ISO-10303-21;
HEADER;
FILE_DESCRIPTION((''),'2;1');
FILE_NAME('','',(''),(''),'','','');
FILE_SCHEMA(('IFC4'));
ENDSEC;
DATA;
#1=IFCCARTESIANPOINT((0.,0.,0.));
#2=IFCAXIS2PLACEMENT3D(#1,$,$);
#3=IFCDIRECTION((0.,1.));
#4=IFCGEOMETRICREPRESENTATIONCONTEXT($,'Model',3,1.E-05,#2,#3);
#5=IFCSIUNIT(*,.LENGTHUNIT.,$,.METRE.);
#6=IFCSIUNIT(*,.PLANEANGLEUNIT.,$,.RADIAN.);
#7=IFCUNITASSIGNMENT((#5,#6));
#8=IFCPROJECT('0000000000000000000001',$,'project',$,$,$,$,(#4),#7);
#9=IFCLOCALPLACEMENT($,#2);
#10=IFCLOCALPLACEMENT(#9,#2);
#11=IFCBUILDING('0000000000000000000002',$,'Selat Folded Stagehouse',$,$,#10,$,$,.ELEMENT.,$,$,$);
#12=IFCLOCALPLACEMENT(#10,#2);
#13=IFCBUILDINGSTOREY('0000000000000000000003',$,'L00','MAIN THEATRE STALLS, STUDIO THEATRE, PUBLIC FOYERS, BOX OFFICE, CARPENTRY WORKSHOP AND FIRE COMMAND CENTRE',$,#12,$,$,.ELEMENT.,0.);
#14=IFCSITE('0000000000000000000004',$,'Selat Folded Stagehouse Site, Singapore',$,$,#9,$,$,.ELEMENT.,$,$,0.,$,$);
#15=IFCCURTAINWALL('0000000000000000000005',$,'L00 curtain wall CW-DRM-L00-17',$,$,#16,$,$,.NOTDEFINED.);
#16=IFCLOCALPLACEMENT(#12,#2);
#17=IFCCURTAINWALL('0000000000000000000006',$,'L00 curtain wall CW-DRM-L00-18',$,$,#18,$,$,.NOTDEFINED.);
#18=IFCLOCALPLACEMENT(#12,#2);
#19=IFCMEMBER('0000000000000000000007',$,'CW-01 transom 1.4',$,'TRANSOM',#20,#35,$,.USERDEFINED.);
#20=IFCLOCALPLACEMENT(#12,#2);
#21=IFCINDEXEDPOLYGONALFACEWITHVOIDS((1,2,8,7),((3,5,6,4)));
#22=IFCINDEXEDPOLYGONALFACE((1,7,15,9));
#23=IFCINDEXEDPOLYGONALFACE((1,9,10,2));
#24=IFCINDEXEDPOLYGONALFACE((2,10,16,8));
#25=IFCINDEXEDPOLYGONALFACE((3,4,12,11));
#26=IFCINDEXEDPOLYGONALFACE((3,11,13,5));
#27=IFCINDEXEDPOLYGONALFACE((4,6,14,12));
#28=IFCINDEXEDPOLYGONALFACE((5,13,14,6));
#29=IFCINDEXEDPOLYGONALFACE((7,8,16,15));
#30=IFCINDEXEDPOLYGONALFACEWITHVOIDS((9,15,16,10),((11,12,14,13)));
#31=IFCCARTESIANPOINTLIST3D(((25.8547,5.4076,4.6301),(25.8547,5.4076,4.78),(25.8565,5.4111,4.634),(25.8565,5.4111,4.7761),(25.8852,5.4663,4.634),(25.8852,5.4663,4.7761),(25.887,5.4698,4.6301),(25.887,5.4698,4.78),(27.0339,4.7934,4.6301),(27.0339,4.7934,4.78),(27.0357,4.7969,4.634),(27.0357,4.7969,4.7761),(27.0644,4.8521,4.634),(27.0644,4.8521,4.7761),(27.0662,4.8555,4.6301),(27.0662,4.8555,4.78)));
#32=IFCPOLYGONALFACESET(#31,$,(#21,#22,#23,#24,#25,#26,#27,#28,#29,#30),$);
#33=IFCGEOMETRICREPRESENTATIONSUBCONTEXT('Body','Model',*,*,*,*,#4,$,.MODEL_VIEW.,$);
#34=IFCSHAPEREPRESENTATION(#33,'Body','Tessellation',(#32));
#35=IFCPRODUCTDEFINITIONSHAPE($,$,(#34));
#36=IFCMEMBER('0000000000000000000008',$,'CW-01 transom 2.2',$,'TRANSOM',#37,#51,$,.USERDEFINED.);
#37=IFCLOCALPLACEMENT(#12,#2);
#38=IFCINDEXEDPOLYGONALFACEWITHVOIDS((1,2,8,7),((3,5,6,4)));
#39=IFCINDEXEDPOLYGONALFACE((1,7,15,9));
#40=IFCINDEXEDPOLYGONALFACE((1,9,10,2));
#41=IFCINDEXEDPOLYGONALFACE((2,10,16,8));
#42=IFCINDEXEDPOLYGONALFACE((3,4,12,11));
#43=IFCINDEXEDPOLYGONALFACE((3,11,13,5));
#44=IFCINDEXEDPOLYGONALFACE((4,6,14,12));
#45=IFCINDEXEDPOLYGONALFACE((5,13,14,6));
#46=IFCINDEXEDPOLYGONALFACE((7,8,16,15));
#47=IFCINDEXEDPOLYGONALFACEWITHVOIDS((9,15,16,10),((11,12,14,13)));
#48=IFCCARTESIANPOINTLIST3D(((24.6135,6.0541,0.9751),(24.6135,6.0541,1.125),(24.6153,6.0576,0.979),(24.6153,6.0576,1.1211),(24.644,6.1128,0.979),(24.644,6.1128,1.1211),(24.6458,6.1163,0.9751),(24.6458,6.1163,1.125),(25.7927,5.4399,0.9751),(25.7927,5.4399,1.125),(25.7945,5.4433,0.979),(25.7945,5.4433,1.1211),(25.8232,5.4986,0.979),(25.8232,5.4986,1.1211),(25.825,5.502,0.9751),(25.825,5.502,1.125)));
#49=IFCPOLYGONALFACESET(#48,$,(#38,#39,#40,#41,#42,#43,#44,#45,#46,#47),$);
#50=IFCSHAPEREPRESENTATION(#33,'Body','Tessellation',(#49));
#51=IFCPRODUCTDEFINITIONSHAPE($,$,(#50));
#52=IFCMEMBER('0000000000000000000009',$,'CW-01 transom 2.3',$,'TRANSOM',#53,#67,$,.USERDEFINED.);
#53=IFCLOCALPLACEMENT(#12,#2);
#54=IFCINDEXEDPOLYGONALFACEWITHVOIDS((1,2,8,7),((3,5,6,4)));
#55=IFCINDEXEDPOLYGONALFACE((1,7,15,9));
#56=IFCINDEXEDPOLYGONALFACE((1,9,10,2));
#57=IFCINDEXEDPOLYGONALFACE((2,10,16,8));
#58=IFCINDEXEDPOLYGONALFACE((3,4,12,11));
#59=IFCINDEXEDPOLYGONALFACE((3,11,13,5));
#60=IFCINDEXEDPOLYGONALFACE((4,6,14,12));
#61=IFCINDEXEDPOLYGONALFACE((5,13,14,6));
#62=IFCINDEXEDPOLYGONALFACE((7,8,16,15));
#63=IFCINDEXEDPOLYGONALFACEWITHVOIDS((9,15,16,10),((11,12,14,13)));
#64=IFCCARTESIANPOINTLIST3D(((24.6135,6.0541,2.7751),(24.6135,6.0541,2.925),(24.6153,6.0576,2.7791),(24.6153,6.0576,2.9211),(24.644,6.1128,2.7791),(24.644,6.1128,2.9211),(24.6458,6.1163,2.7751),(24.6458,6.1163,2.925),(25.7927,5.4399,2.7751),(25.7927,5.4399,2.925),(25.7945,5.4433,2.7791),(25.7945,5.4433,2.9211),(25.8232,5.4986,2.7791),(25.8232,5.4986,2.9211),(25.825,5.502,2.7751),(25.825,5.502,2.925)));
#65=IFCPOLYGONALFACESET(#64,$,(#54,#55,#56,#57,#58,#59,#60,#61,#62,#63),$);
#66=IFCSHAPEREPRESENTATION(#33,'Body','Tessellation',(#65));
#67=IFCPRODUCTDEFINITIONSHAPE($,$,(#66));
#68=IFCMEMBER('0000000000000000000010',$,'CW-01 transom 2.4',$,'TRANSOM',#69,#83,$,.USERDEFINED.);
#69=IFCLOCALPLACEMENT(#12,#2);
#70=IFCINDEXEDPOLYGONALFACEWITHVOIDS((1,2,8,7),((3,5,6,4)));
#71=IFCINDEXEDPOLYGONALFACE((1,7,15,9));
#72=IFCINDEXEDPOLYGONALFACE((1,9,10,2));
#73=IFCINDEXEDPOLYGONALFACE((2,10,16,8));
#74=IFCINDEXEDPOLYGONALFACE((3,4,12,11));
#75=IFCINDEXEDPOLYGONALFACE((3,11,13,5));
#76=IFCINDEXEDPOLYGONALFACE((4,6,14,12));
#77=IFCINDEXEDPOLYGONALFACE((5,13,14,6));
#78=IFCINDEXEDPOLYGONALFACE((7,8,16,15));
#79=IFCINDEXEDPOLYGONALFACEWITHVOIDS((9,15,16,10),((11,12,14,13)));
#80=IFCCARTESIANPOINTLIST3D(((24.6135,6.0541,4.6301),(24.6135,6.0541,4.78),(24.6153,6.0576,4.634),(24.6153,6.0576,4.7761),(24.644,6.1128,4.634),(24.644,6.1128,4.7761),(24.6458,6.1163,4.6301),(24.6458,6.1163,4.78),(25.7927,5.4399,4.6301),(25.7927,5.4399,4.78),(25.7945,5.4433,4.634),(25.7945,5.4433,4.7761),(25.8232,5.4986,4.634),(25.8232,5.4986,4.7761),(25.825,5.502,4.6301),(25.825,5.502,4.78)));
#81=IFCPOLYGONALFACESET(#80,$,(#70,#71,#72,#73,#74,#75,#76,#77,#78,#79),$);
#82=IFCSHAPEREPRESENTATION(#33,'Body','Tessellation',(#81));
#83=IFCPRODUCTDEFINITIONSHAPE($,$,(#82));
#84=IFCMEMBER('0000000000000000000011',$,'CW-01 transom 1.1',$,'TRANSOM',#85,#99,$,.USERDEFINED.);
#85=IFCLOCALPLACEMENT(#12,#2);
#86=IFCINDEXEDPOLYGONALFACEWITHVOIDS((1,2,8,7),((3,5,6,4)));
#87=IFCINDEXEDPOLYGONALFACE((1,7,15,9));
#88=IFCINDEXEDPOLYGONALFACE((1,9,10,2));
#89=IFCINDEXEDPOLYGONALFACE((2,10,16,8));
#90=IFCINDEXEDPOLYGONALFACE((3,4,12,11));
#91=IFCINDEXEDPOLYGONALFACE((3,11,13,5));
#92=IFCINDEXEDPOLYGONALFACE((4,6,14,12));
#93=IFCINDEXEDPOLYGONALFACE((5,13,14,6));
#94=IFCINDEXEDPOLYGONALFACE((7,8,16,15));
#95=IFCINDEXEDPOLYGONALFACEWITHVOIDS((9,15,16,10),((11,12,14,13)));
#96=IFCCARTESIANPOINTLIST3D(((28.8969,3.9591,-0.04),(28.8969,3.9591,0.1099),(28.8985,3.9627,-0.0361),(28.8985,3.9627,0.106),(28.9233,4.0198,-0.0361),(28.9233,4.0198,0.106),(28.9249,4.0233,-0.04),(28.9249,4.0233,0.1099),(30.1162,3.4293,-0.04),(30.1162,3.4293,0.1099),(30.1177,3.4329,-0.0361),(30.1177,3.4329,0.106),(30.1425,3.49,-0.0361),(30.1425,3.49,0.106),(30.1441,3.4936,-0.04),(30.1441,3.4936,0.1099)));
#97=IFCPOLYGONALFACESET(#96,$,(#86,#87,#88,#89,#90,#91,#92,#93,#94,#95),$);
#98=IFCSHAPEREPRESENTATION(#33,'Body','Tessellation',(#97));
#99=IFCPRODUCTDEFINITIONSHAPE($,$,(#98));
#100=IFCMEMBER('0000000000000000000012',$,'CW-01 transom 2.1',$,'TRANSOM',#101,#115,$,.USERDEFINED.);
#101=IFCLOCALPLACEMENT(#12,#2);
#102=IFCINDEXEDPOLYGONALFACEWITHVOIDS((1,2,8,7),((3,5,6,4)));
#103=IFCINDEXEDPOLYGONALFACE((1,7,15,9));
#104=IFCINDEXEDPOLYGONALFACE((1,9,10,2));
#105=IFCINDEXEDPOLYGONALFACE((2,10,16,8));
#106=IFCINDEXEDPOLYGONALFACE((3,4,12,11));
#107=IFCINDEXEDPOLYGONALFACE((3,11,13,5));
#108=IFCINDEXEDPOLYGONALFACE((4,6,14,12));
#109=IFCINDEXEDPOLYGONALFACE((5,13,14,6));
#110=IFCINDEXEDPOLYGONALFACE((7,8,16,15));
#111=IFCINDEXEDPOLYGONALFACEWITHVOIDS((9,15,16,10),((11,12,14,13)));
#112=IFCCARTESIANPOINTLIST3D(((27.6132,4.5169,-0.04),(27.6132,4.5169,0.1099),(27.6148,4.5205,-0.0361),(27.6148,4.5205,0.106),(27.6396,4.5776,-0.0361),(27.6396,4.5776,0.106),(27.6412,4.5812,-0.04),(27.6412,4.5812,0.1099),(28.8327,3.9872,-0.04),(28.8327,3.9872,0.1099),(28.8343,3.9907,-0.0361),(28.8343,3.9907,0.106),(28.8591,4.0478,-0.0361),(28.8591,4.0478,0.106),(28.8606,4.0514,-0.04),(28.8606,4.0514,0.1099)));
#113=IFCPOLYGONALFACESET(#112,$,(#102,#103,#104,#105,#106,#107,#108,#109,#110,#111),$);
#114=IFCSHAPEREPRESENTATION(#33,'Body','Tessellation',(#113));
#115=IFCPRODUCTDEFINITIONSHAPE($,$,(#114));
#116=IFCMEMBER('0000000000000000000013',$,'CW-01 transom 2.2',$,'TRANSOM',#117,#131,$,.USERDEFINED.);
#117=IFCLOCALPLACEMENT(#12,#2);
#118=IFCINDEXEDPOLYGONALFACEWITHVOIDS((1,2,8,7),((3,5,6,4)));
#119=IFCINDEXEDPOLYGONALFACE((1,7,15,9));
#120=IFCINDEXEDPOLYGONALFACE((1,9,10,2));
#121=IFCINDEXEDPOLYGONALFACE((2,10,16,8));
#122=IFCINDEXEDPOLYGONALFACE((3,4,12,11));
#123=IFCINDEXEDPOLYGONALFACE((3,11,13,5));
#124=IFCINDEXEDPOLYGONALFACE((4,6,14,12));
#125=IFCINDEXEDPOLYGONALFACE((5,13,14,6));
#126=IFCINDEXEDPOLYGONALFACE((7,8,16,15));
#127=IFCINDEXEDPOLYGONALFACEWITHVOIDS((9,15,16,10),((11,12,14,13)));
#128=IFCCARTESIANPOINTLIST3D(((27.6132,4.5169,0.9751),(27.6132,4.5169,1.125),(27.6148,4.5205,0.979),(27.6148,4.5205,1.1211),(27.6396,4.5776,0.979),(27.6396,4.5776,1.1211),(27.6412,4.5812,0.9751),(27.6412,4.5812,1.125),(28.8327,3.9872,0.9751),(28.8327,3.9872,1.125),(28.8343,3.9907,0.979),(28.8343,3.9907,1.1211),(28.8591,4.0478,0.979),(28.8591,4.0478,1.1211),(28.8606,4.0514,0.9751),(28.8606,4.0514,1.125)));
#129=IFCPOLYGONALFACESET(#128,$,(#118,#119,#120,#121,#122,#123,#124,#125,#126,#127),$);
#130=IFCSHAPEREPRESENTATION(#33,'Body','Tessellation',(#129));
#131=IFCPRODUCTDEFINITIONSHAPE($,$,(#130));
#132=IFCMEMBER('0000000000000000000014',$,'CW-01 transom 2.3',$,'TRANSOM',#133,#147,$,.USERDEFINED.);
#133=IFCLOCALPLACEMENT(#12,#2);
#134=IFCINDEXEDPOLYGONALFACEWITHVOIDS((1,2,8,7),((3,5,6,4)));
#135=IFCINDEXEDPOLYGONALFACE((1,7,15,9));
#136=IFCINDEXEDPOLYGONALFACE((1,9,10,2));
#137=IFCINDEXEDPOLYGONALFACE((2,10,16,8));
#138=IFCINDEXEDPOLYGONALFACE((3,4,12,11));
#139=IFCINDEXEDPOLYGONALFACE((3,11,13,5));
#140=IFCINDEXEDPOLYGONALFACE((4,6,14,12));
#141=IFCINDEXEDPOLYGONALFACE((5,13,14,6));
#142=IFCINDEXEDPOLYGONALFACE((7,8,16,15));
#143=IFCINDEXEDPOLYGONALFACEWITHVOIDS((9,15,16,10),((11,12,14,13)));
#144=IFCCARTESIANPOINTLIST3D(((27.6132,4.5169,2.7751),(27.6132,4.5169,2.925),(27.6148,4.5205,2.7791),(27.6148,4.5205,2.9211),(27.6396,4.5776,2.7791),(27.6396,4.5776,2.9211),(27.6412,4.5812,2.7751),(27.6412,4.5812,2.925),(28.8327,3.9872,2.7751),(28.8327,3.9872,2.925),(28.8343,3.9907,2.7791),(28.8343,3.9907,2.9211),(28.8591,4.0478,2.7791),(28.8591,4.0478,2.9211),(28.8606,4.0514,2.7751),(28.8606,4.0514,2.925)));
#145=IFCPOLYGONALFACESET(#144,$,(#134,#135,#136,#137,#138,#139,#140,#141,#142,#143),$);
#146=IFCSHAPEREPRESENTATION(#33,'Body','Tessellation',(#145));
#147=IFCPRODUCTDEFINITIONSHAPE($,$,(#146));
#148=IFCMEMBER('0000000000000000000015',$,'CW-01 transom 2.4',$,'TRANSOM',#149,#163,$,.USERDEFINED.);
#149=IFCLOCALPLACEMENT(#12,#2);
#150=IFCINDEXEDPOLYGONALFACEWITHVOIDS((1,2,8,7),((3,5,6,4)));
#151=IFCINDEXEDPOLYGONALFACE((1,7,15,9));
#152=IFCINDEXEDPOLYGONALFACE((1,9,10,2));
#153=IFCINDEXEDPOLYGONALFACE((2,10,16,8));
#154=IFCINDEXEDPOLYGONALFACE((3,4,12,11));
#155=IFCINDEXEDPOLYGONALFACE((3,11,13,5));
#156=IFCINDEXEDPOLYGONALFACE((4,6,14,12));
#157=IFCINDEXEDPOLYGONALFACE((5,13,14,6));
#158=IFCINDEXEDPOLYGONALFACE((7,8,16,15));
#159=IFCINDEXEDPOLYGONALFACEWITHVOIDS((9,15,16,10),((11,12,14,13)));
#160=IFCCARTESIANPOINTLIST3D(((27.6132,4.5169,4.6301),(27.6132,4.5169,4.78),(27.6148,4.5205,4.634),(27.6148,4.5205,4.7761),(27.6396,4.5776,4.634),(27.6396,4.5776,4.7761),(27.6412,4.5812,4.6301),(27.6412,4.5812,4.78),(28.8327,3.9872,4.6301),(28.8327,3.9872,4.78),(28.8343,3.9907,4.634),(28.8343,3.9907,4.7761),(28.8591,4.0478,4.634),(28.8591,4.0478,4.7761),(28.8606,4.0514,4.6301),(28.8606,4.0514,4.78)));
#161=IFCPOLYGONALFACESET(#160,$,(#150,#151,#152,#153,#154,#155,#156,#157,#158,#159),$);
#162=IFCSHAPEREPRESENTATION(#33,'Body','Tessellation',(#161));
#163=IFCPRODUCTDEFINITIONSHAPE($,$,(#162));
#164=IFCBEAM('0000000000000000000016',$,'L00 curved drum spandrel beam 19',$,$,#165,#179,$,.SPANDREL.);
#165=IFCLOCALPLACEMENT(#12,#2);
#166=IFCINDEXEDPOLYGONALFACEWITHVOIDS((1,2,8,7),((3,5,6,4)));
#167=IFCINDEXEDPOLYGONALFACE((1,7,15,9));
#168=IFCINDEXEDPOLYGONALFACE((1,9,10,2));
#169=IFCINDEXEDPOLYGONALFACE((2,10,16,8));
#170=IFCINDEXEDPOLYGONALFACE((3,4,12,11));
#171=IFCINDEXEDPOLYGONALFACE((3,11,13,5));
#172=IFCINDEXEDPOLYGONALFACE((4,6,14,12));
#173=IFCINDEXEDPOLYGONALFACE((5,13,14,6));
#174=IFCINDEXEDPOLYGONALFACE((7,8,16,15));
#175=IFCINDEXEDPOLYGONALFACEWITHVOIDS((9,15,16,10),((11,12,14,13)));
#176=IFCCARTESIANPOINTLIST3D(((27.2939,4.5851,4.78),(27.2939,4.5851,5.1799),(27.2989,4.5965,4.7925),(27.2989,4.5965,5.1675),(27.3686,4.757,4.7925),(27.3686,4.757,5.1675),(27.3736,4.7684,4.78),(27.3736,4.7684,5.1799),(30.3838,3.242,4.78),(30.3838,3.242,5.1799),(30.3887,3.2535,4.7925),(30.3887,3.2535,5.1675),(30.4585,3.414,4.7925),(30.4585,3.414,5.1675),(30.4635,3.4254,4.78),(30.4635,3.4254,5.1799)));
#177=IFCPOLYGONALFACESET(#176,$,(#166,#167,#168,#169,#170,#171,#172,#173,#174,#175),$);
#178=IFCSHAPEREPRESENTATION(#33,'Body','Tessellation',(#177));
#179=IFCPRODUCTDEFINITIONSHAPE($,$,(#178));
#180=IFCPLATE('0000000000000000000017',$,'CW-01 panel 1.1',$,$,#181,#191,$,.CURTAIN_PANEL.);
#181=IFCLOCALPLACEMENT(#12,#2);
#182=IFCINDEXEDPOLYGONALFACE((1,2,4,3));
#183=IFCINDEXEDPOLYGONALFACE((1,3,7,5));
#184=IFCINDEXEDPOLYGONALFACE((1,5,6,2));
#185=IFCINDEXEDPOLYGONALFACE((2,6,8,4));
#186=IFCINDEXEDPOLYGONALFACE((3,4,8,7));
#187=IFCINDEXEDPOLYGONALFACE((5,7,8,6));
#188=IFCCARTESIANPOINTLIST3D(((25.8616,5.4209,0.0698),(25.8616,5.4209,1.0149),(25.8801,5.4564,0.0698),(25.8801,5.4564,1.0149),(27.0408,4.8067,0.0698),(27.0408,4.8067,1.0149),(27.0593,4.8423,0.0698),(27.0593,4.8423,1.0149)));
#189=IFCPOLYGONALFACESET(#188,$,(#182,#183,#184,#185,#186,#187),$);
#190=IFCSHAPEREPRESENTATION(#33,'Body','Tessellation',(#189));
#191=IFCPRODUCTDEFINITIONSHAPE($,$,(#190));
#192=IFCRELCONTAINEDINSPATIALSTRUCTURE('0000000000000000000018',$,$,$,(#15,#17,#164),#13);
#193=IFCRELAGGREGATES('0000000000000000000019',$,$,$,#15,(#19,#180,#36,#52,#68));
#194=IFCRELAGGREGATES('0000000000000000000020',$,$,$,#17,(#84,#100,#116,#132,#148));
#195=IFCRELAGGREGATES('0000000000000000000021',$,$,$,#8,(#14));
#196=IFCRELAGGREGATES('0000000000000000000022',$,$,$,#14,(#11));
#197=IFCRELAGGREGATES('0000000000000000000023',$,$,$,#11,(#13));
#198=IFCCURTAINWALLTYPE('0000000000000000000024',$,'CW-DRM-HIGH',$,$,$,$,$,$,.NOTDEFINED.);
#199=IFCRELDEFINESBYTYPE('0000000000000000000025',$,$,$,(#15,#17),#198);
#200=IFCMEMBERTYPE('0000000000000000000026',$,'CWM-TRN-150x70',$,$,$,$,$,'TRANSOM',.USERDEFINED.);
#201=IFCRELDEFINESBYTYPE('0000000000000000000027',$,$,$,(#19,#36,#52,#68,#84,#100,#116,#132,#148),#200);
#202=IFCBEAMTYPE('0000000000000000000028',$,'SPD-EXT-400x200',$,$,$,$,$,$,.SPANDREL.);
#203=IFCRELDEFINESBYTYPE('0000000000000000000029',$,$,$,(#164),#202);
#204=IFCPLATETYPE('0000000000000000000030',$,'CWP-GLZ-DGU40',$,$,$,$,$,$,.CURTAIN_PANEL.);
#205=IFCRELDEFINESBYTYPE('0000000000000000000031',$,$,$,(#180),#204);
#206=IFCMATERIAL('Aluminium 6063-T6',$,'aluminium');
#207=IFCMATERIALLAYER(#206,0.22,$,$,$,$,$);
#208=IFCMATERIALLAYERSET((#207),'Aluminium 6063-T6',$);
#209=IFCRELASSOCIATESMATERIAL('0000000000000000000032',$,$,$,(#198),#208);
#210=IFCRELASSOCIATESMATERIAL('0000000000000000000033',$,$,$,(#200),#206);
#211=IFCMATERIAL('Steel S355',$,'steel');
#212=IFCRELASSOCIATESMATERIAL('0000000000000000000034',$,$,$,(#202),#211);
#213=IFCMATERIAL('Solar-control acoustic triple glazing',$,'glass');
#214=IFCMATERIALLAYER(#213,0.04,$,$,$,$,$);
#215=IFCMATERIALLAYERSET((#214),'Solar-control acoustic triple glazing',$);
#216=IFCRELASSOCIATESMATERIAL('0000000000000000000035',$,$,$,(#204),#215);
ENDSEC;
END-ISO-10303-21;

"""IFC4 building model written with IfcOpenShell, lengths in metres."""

from ifc_helpers import new_model, si_unit, direction, frame, origin, origin_2d, place, context, subcontext, project, spatial, rectangle, hollow_rectangle, extrude, material, layer, layer_set, material_profile, profile_set, type_object, element, aggregate, save


model = new_model("IFC4")

# Units and contexts
model_context = context("Model", 3, precision=1e-05, world=origin(), true_north=direction((0.0, 1.0)))
body_context = subcontext(model_context, "Body", "Model", "MODEL_VIEW")
ifc_project = project(units=[si_unit("LENGTHUNIT", "METRE"), si_unit("PLANEANGLEUNIT", "RADIAN")], contexts=[model_context])

# Site, building, storey
site_placement = place(None, origin())
site = spatial("IfcSite", under=ifc_project, at=site_placement, Name="Selat Folded Stagehouse Site, Singapore", CompositionType="ELEMENT", RefElevation=0.0)
building_placement = place(site_placement, origin())
building = spatial("IfcBuilding", under=site, at=building_placement, Name="Selat Folded Stagehouse", CompositionType="ELEMENT")
storey_placement = place(building_placement, origin())
storey = spatial("IfcBuildingStorey", under=building, at=storey_placement, Name="L00", Description="MAIN THEATRE STALLS, STUDIO THEATRE, PUBLIC FOYERS, BOX OFFICE, CARPENTRY WORKSHOP AND FIRE COMMAND CENTRE", CompositionType="ELEMENT", Elevation=0.0)

# Shared definitions
ifc_material_1 = material(Name="Steel S355", Category="steel")

# Curtain walls
ifc_material_2 = material(Name="Aluminium 6063-T6", Category="aluminium")
ifc_layer_1 = layer(ifc_material_2, 0.22)
ifc_layer_set_1 = layer_set([ifc_layer_1], Name="Aluminium 6063-T6")
curtain_wall_type = type_object("IfcCurtainWallType", Name="CW-DRM-HIGH", PredefinedType="NOTDEFINED", material=ifc_layer_set_1)
curtain_wall_1_placement = place(storey_placement, origin())
curtain_wall_1 = element("IfcCurtainWall", 1, at=curtain_wall_1_placement, inside=storey, type_object=curtain_wall_type, Name="L00 curtain wall CW-DRM-L00-17", PredefinedType="NOTDEFINED")
curtain_wall_2_placement = place(storey_placement, origin())
curtain_wall_2 = element("IfcCurtainWall", 2, at=curtain_wall_2_placement, inside=storey, type_object=curtain_wall_type, Name="L00 curtain wall CW-DRM-L00-18", PredefinedType="NOTDEFINED")

# Members
ifc_material_profile_1 = material_profile(ifc_material_2, hollow_rectangle(XDim=0.0701, YDim=0.1499, WallThickness=0.0039, at=origin_2d()), Name="ALU 150x70x4.0")
ifc_profile_set_1 = profile_set([ifc_material_profile_1], Name="Aluminium 6063-T6")
member_type_1 = type_object("IfcMemberType", Name="CWM-TRN-150x70", ElementType="TRANSOM", PredefinedType="USERDEFINED", material=ifc_profile_set_1)
member_1_placement = place(storey_placement, frame((27.05, 4.8245, 4.7051), z_axis=(-0.886886, 0.461989, 0.0), x_axis=(-0.461989, -0.886886, 0.0)))
member_1 = element("IfcMember", 3, at=member_1_placement, type_object=member_type_1, Name="CW-01 transom 1.4", ObjectType="TRANSOM", PredefinedType="USERDEFINED", context=body_context, shape_type="SweptSolid", body=[
    extrude(hollow_rectangle(XDim=0.0701, YDim=0.1499, WallThickness=0.0039, at=origin_2d()), origin(), (0.0, 0.0, 1.0), 1.3296),
])
member_2_placement = place(storey_placement, frame((25.8088, 5.4709, 1.05), z_axis=(-0.886886, 0.461989, 0.0), x_axis=(-0.461989, -0.886886, 0.0)))
member_2 = element("IfcMember", 4, at=member_2_placement, type_object=member_type_1, Name="CW-01 transom 2.2", ObjectType="TRANSOM", PredefinedType="USERDEFINED", context=body_context, shape_type="SweptSolid", body=[
    extrude(hollow_rectangle(XDim=0.0701, YDim=0.1499, WallThickness=0.0039, at=origin_2d()), origin(), (0.0, 0.0, 1.0), 1.3296),
])
member_3_placement = place(storey_placement, frame((25.8088, 5.4709, 2.8501), z_axis=(-0.886886, 0.461989, 0.0), x_axis=(-0.461989, -0.886886, 0.0)))
member_3 = element("IfcMember", 5, at=member_3_placement, type_object=member_type_1, Name="CW-01 transom 2.3", ObjectType="TRANSOM", PredefinedType="USERDEFINED", context=body_context, shape_type="SweptSolid", body=[
    extrude(hollow_rectangle(XDim=0.0701, YDim=0.1499, WallThickness=0.0039, at=origin_2d()), origin(), (0.0, 0.0, 1.0), 1.3296),
])
member_4_placement = place(storey_placement, frame((25.8088, 5.4709, 4.7051), z_axis=(-0.886886, 0.461989, 0.0), x_axis=(-0.461989, -0.886886, 0.0)))
member_4 = element("IfcMember", 6, at=member_4_placement, type_object=member_type_1, Name="CW-01 transom 2.4", ObjectType="TRANSOM", PredefinedType="USERDEFINED", context=body_context, shape_type="SweptSolid", body=[
    extrude(hollow_rectangle(XDim=0.0701, YDim=0.1499, WallThickness=0.0039, at=origin_2d()), origin(), (0.0, 0.0, 1.0), 1.3296),
])
member_5_placement = place(storey_placement, frame((30.1301, 3.4614, 0.0349), z_axis=(-0.917158, 0.398525, 0.0), x_axis=(-0.398525, -0.917158, 0.0)))
member_5 = element("IfcMember", 7, at=member_5_placement, type_object=member_type_1, Name="CW-01 transom 1.1", ObjectType="TRANSOM", PredefinedType="USERDEFINED", context=body_context, shape_type="SweptSolid", body=[
    extrude(hollow_rectangle(XDim=0.0701, YDim=0.1499, WallThickness=0.0039, at=origin_2d()), origin(), (0.0, 0.0, 1.0), 1.3293),
])
member_6_placement = place(storey_placement, frame((28.8467, 4.0193, 0.0349), z_axis=(-0.917187, 0.398458, 0.0), x_axis=(-0.398458, -0.917187, 0.0)))
member_6 = element("IfcMember", 8, at=member_6_placement, type_object=member_type_1, Name="CW-01 transom 2.1", ObjectType="TRANSOM", PredefinedType="USERDEFINED", context=body_context, shape_type="SweptSolid", body=[
    extrude(hollow_rectangle(XDim=0.0701, YDim=0.1499, WallThickness=0.0039, at=origin_2d()), origin(), (0.0, 0.0, 1.0), 1.3296),
])
member_7_placement = place(storey_placement, frame((28.8467, 4.0193, 1.05), z_axis=(-0.917187, 0.398458, 0.0), x_axis=(-0.398458, -0.917187, 0.0)))
member_7 = element("IfcMember", 9, at=member_7_placement, type_object=member_type_1, Name="CW-01 transom 2.2", ObjectType="TRANSOM", PredefinedType="USERDEFINED", context=body_context, shape_type="SweptSolid", body=[
    extrude(hollow_rectangle(XDim=0.0701, YDim=0.1499, WallThickness=0.0039, at=origin_2d()), origin(), (0.0, 0.0, 1.0), 1.3296),
])
member_8_placement = place(storey_placement, frame((28.8467, 4.0193, 2.8501), z_axis=(-0.917187, 0.398458, 0.0), x_axis=(-0.398458, -0.917187, 0.0)))
member_8 = element("IfcMember", 10, at=member_8_placement, type_object=member_type_1, Name="CW-01 transom 2.3", ObjectType="TRANSOM", PredefinedType="USERDEFINED", context=body_context, shape_type="SweptSolid", body=[
    extrude(hollow_rectangle(XDim=0.0701, YDim=0.1499, WallThickness=0.0039, at=origin_2d()), origin(), (0.0, 0.0, 1.0), 1.3296),
])
member_9_placement = place(storey_placement, frame((28.8467, 4.0193, 4.7051), z_axis=(-0.917187, 0.398458, 0.0), x_axis=(-0.398458, -0.917187, 0.0)))
member_9 = element("IfcMember", 11, at=member_9_placement, type_object=member_type_1, Name="CW-01 transom 2.4", ObjectType="TRANSOM", PredefinedType="USERDEFINED", context=body_context, shape_type="SweptSolid", body=[
    extrude(hollow_rectangle(XDim=0.0701, YDim=0.1499, WallThickness=0.0039, at=origin_2d()), origin(), (0.0, 0.0, 1.0), 1.3296),
])

# Beam
ifc_material_profile_2 = material_profile(ifc_material_1, hollow_rectangle(XDim=0.2, YDim=0.3999, WallThickness=0.0125, at=origin_2d()), Name="RHS 400x200x12.5")
ifc_profile_set_2 = profile_set([ifc_material_profile_2], Name="Steel S355")
beam_type = type_object("IfcBeamType", Name="SPD-EXT-400x200", PredefinedType="SPANDREL", material=ifc_profile_set_2)
beam_placement = place(storey_placement, frame((27.3337, 4.6768, 4.98), z_axis=(0.917113, -0.398628, 0.0), x_axis=(0.398628, 0.917113, 0.0)))
element("IfcBeam", 12, at=beam_placement, inside=storey, type_object=beam_type, Name="L00 curved drum spandrel beam 19", PredefinedType="SPANDREL", context=body_context, shape_type="SweptSolid", body=[
    extrude(hollow_rectangle(XDim=0.2, YDim=0.3999, WallThickness=0.0125, at=origin_2d()), origin(), (0.0, 0.0, 1.0), 3.3691),
])

# Plate
ifc_material_3 = material(Name="Solar-control acoustic triple glazing", Category="glass")
ifc_layer_2 = layer(ifc_material_3, 0.04)
ifc_layer_set_2 = layer_set([ifc_layer_2], Name="Solar-control acoustic triple glazing")
plate_type = type_object("IfcPlateType", Name="CWP-GLZ-DGU40", PredefinedType="CURTAIN_PANEL", material=ifc_layer_set_2)
plate_1_placement = place(storey_placement, frame((26.4604, 5.1316, 0.0698), z_axis=(0.0, 0.0, 1.0), x_axis=(-0.886916, 0.461931, 0.0)))
plate_1 = element("IfcPlate", 13, at=plate_1_placement, type_object=plate_type, Name="CW-01 panel 1.1", PredefinedType="CURTAIN_PANEL", context=body_context, shape_type="SweptSolid", body=[
    extrude(rectangle(XDim=1.3296, YDim=0.04, at=origin_2d()), origin(), (0.0, 0.0, 1.0), 0.9451),
])
aggregate(curtain_wall_1, [member_1, plate_1, member_2, member_3, member_4])
aggregate(curtain_wall_2, [member_5, member_6, member_7, member_8, member_9])

save(model, "model.ifc")
